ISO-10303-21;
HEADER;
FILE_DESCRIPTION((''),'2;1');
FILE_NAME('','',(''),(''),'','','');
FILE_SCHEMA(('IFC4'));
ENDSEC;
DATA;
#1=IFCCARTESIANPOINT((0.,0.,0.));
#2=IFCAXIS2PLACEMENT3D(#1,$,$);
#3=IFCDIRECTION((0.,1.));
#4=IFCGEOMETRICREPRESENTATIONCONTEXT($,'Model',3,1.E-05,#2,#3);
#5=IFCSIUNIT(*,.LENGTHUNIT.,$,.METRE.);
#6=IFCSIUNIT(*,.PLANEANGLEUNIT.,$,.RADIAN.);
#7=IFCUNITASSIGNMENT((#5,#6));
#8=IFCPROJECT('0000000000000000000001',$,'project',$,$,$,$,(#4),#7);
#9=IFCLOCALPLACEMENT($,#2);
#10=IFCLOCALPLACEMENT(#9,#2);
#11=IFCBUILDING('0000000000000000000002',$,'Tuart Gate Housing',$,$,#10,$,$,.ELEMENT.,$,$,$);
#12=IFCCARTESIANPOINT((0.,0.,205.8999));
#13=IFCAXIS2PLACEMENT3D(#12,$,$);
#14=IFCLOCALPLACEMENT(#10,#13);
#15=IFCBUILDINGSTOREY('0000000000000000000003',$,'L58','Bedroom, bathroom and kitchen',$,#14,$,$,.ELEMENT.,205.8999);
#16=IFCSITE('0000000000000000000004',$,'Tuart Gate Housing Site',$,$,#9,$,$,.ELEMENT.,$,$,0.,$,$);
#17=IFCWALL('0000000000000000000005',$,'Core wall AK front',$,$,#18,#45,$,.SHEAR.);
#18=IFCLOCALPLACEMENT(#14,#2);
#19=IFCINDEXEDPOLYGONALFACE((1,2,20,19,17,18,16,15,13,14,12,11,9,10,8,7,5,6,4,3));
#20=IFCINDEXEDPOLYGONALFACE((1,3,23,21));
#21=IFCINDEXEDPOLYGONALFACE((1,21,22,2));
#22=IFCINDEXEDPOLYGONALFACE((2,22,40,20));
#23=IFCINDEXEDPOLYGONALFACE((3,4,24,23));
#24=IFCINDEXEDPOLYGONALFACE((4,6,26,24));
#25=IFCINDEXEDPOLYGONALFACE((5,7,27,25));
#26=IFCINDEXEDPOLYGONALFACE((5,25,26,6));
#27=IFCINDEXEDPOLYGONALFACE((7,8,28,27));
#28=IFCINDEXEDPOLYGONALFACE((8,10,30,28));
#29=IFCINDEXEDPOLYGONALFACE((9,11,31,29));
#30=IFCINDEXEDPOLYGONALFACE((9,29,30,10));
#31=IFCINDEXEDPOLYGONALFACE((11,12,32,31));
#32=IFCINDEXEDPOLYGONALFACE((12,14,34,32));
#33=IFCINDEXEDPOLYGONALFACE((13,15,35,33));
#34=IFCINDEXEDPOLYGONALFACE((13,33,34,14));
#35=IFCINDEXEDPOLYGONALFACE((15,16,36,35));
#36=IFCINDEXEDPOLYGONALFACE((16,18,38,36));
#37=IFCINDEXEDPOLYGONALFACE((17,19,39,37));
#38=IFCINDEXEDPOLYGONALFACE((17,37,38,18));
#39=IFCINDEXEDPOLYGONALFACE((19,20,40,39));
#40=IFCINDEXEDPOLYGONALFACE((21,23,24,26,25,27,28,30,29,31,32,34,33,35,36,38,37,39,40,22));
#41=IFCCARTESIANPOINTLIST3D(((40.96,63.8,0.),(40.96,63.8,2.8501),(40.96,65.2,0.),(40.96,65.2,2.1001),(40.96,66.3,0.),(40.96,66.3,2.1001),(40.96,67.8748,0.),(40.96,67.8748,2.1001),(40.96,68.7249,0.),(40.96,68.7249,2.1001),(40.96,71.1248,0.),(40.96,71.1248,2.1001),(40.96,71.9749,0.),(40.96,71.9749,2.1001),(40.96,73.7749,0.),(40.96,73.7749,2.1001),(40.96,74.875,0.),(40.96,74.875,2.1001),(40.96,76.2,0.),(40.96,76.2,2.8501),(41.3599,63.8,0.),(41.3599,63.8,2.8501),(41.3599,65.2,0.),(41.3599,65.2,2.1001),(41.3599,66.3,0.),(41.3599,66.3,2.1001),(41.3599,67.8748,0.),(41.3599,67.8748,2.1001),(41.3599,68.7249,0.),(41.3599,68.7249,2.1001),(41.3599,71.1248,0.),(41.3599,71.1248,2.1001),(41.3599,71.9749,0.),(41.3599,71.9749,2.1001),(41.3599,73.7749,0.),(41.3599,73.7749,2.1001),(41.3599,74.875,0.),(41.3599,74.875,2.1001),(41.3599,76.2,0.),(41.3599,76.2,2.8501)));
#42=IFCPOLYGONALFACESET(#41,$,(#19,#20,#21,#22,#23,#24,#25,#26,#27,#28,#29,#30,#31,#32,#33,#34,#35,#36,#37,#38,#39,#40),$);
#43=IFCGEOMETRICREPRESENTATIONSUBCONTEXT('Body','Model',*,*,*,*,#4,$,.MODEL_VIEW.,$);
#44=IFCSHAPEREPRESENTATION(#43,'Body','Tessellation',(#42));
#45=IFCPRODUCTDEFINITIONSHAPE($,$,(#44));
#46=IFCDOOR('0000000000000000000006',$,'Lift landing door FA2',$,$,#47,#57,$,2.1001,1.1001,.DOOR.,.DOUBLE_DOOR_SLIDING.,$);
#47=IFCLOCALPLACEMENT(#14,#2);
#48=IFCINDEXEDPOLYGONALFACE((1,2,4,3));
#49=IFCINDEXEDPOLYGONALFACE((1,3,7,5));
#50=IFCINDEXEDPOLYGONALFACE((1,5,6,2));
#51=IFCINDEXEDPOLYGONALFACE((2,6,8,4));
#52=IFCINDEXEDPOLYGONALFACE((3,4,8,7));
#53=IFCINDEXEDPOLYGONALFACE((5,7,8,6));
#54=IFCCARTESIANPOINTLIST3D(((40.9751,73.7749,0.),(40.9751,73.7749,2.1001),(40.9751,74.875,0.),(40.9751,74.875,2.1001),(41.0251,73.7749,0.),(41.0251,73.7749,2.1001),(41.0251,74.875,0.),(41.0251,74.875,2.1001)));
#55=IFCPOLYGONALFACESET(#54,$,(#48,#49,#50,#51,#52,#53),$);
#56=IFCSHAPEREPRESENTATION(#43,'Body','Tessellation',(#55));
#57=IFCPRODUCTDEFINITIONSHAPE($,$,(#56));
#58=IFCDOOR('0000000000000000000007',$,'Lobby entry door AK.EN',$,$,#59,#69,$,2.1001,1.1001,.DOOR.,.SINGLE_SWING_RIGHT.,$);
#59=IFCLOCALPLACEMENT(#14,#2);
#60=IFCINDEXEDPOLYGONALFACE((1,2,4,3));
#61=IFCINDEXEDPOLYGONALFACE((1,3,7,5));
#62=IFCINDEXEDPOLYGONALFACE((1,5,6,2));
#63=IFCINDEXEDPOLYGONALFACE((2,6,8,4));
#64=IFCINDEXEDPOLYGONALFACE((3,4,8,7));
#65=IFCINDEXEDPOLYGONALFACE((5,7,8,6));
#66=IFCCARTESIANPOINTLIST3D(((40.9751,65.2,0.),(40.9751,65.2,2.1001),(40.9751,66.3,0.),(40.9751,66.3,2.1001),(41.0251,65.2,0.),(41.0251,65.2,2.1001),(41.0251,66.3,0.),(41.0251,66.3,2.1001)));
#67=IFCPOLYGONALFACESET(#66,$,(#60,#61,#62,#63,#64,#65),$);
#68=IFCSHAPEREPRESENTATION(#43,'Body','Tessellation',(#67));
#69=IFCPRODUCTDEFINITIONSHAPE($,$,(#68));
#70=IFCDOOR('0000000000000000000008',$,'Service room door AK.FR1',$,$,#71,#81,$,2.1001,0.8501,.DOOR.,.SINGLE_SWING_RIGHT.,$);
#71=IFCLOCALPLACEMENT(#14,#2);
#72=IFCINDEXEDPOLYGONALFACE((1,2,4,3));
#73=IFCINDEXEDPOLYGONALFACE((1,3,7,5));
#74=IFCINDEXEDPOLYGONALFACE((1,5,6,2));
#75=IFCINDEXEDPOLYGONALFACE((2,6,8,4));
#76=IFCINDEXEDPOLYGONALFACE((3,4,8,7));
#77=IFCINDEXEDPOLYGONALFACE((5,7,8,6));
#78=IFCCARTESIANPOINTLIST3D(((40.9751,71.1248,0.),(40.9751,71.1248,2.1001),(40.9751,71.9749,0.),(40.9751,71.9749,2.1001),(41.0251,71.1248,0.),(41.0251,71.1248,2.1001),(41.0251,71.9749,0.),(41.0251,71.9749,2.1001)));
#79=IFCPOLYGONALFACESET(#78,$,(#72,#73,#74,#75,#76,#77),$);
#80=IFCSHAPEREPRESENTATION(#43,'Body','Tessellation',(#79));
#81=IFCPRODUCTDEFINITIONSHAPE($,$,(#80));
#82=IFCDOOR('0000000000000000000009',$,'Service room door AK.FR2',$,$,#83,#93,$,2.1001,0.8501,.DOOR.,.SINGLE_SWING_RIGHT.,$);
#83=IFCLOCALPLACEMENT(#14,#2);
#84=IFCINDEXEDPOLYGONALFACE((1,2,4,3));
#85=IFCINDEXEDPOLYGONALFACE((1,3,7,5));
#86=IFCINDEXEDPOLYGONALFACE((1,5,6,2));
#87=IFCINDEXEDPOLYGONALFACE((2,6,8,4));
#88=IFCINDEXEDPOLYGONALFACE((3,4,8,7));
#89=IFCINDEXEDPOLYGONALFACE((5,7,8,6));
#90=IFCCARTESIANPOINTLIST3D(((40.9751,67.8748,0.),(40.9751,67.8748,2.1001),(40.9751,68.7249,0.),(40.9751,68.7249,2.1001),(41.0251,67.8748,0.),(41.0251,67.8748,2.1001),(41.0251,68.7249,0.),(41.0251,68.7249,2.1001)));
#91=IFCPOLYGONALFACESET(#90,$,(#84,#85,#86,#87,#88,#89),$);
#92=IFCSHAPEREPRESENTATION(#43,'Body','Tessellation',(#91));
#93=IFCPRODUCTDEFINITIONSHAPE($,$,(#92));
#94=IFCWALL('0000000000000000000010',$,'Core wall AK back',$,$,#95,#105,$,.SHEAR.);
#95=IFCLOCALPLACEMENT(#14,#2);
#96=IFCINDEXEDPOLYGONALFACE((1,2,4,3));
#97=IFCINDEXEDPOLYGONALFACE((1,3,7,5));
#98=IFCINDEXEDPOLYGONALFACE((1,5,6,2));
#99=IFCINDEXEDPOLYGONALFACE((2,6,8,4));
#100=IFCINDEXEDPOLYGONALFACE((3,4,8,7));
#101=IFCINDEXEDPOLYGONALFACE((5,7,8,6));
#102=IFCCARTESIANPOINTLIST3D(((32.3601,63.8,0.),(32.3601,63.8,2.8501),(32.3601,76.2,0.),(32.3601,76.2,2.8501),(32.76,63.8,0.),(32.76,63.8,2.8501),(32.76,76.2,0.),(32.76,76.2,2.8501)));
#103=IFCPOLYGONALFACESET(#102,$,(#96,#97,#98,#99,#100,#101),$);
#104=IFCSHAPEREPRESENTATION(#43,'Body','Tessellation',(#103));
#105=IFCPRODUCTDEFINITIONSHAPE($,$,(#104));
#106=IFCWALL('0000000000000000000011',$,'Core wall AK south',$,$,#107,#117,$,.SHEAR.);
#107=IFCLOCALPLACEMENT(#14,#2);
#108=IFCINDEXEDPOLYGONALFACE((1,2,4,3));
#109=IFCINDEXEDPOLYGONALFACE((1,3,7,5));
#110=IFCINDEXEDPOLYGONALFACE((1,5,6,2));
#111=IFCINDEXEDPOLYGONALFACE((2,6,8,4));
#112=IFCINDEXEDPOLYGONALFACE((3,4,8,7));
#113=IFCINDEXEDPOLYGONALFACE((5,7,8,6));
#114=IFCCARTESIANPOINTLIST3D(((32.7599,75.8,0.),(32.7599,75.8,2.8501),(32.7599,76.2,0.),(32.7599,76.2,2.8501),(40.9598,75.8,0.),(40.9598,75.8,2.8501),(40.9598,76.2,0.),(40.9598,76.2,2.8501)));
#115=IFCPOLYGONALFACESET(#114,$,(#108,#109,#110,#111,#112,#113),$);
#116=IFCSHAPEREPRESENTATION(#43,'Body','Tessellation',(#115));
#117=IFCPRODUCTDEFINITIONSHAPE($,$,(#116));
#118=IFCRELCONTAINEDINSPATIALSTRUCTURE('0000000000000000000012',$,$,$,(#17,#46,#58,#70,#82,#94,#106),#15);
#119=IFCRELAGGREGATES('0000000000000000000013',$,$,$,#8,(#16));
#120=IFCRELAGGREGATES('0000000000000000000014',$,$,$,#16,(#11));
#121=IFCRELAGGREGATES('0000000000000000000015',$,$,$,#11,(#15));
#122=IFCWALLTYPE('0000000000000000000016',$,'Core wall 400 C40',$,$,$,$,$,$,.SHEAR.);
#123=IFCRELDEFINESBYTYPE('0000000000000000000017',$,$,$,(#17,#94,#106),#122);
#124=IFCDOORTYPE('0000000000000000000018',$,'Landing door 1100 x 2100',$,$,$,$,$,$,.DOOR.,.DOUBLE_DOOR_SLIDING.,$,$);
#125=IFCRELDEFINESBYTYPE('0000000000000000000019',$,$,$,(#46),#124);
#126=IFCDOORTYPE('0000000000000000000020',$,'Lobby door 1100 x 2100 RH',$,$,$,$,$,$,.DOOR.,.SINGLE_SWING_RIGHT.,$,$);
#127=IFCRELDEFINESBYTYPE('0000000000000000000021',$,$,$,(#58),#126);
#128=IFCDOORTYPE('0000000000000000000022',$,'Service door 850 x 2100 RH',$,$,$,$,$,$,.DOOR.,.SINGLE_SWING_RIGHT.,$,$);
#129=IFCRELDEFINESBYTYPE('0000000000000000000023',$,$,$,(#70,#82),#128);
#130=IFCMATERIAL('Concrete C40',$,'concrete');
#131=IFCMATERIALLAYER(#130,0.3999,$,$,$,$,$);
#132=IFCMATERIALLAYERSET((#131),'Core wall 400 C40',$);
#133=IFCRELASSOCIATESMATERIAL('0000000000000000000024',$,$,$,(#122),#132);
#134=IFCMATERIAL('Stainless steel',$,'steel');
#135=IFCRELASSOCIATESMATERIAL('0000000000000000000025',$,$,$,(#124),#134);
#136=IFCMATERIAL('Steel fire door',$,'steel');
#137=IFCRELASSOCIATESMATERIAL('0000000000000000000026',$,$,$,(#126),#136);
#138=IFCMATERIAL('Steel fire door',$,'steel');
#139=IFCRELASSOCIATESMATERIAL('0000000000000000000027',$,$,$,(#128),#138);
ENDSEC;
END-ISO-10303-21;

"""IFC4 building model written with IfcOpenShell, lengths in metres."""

from ifc_helpers import new_model, si_unit, direction, frame, frame_2d, origin, place, context, subcontext, project, spatial, rectangle, extrude, material, layer, layer_set, type_object, element, fill, save


model = new_model("IFC4")

# Units and contexts
model_context = context("Model", 3, precision=1e-05, world=origin(), true_north=direction((0.0, 1.0)))
body_context = subcontext(model_context, "Body", "Model", "MODEL_VIEW")
ifc_project = project(units=[si_unit("LENGTHUNIT", "METRE"), si_unit("PLANEANGLEUNIT", "RADIAN")], contexts=[model_context])

# Site, building, storey
site_placement = place(None, origin())
site = spatial("IfcSite", under=ifc_project, at=site_placement, Name="Tuart Gate Housing Site", CompositionType="ELEMENT", RefElevation=0.0)
building_placement = place(site_placement, origin())
building = spatial("IfcBuilding", under=site, at=building_placement, Name="Tuart Gate Housing", CompositionType="ELEMENT")
storey_placement = place(building_placement, frame((0.0, 0.0, 205.8999)))
storey = spatial("IfcBuildingStorey", under=building, at=storey_placement, Name="L58", Description="Bedroom, bathroom and kitchen", CompositionType="ELEMENT", Elevation=205.8999)

# Wall, openings, doors
ifc_material_1 = material(Name="Concrete C40", Category="concrete")
ifc_layer_1 = layer(ifc_material_1, 0.3999)
ifc_layer_set_1 = layer_set([ifc_layer_1], Name="Core wall 400 C40")
wall_type_1 = type_object("IfcWallType", Name="Core wall 400 C40", PredefinedType="SHEAR", material=ifc_layer_set_1)
wall_1_placement = place(storey_placement, frame((41.1599, 76.2, 0.0), z_axis=(0.0, 0.0, 1.0), x_axis=(0.0, -1.0, 0.0)))
wall_1 = element("IfcWall", 1, at=wall_1_placement, inside=storey, type_object=wall_type_1, Name="Core wall AK front", PredefinedType="SHEAR", context=body_context, shape_type="SweptSolid", body=[
    extrude(rectangle(XDim=12.3999, YDim=0.3999, at=frame_2d((6.2, 0.0))), origin(), (0.0, 0.0, 1.0), 2.8501),
])
opening_1_placement = place(wall_1_placement, frame((1.325, 0.0, 0.0)))
opening_1 = element("IfcOpeningElement", 2, at=opening_1_placement, cuts=wall_1, PredefinedType="OPENING", context=body_context, shape_type="SweptSolid", body=[
    extrude(rectangle(XDim=1.1001, YDim=2.1001, at=frame_2d((0.55, 1.05))), frame((0.0, 0.21, 0.0), z_axis=(0.0, -1.0, 0.0), x_axis=(1.0, 0.0, 0.0)), (0.0, 0.0, 1.0), 0.4199),
])
opening_2_placement = place(wall_1_placement, frame((4.2251, 0.0, 0.0)))
opening_2 = element("IfcOpeningElement", 3, at=opening_2_placement, cuts=wall_1, PredefinedType="OPENING", context=body_context, shape_type="SweptSolid", body=[
    extrude(rectangle(XDim=0.8501, YDim=2.1001, at=frame_2d((0.425, 1.05))), frame((0.0, 0.21, 0.0), z_axis=(0.0, -1.0, 0.0), x_axis=(1.0, 0.0, 0.0)), (0.0, 0.0, 1.0), 0.4199),
])
opening_3_placement = place(wall_1_placement, frame((7.4751, 0.0, 0.0)))
opening_3 = element("IfcOpeningElement", 4, at=opening_3_placement, cuts=wall_1, PredefinedType="OPENING", context=body_context, shape_type="SweptSolid", body=[
    extrude(rectangle(XDim=0.8501, YDim=2.1001, at=frame_2d((0.425, 1.05))), frame((0.0, 0.21, 0.0), z_axis=(0.0, -1.0, 0.0), x_axis=(1.0, 0.0, 0.0)), (0.0, 0.0, 1.0), 0.4199),
])
opening_4_placement = place(wall_1_placement, frame((9.8999, 0.0, 0.0)))
opening_4 = element("IfcOpeningElement", 5, at=opening_4_placement, cuts=wall_1, PredefinedType="OPENING", context=body_context, shape_type="SweptSolid", body=[
    extrude(rectangle(XDim=1.1001, YDim=2.1001, at=frame_2d((0.55, 1.05))), frame((0.0, 0.21, 0.0), z_axis=(0.0, -1.0, 0.0), x_axis=(1.0, 0.0, 0.0)), (0.0, 0.0, 1.0), 0.4199),
])
ifc_material_2 = material(Name="Stainless steel", Category="steel")
door_type_1 = type_object("IfcDoorType", Name="Landing door 1100 x 2100", OperationType="DOUBLE_DOOR_SLIDING", PredefinedType="DOOR", material=ifc_material_2)
door_1_placement = place(opening_1_placement, origin())
door_1 = element("IfcDoor", 6, at=door_1_placement, inside=storey, type_object=door_type_1, Name="Lift landing door FA2", OperationType="DOUBLE_DOOR_SLIDING", OverallHeight=2.1001, OverallWidth=1.1001, PredefinedType="DOOR", context=body_context, shape_type="SweptSolid", body=[
    extrude(rectangle(XDim=1.1001, YDim=2.1001, at=frame_2d((0.55, 1.05))), frame((0.0, -0.1348, 0.0), z_axis=(0.0, -1.0, 0.0), x_axis=(1.0, 0.0, 0.0)), (0.0, 0.0, 1.0), 0.05),
])
fill(opening_1, door_1)
ifc_material_3 = material(Name="Steel fire door", Category="steel")
door_type_2 = type_object("IfcDoorType", Name="Lobby door 1100 x 2100 RH", OperationType="SINGLE_SWING_RIGHT", PredefinedType="DOOR", material=ifc_material_3)
door_2_placement = place(opening_4_placement, frame((1.1001, 0.0, 0.0), z_axis=(0.0, 0.0, 1.0), x_axis=(-1.0, 0.0, 0.0)))
door_2 = element("IfcDoor", 7, at=door_2_placement, inside=storey, type_object=door_type_2, Name="Lobby entry door AK.EN", OperationType="SINGLE_SWING_RIGHT", OverallHeight=2.1001, OverallWidth=1.1001, PredefinedType="DOOR", context=body_context, shape_type="SweptSolid", body=[
    extrude(rectangle(XDim=1.1001, YDim=2.1001, at=frame_2d((0.55, 1.05))), frame((0.0, 0.1848, 0.0), z_axis=(0.0, -1.0, 0.0), x_axis=(1.0, 0.0, 0.0)), (0.0, 0.0, 1.0), 0.05),
])
fill(opening_4, door_2)
ifc_material_4 = material(Name="Steel fire door", Category="steel")
door_type_3 = type_object("IfcDoorType", Name="Service door 850 x 2100 RH", OperationType="SINGLE_SWING_RIGHT", PredefinedType="DOOR", material=ifc_material_4)
door_3_placement = place(opening_2_placement, frame((0.8501, 0.0, 0.0), z_axis=(0.0, 0.0, 1.0), x_axis=(-1.0, 0.0, 0.0)))
door_3 = element("IfcDoor", 8, at=door_3_placement, inside=storey, type_object=door_type_3, Name="Service room door AK.FR1", OperationType="SINGLE_SWING_RIGHT", OverallHeight=2.1001, OverallWidth=0.8501, PredefinedType="DOOR", context=body_context, shape_type="SweptSolid", body=[
    extrude(rectangle(XDim=0.8501, YDim=2.1001, at=frame_2d((0.425, 1.05))), frame((0.0, 0.1848, 0.0), z_axis=(0.0, -1.0, 0.0), x_axis=(1.0, 0.0, 0.0)), (0.0, 0.0, 1.0), 0.05),
])
fill(opening_2, door_3)
door_4_placement = place(opening_3_placement, frame((0.8501, 0.0, 0.0), z_axis=(0.0, 0.0, 1.0), x_axis=(-1.0, 0.0, 0.0)))
door_4 = element("IfcDoor", 9, at=door_4_placement, inside=storey, type_object=door_type_3, Name="Service room door AK.FR2", OperationType="SINGLE_SWING_RIGHT", OverallHeight=2.1001, OverallWidth=0.8501, PredefinedType="DOOR", context=body_context, shape_type="SweptSolid", body=[
    extrude(rectangle(XDim=0.8501, YDim=2.1001, at=frame_2d((0.425, 1.05))), frame((0.0, 0.1848, 0.0), z_axis=(0.0, -1.0, 0.0), x_axis=(1.0, 0.0, 0.0)), (0.0, 0.0, 1.0), 0.05),
])
fill(opening_3, door_4)

# Walls
wall_2_placement = place(storey_placement, frame((32.5601, 76.2, 0.0), z_axis=(0.0, 0.0, 1.0), x_axis=(0.0, -1.0, 0.0)))
element("IfcWall", 10, at=wall_2_placement, inside=storey, type_object=wall_type_1, Name="Core wall AK back", PredefinedType="SHEAR", context=body_context, shape_type="SweptSolid", body=[
    extrude(rectangle(XDim=12.3999, YDim=0.3999, at=frame_2d((6.2, 0.0))), origin(), (0.0, 0.0, 1.0), 2.8501),
])
wall_3_placement = place(storey_placement, frame((40.96, 76.0, 0.0), z_axis=(0.0, 0.0, 1.0), x_axis=(-1.0, 0.0, 0.0)))
element("IfcWall", 11, at=wall_3_placement, inside=storey, type_object=wall_type_1, Name="Core wall AK south", PredefinedType="SHEAR", context=body_context, shape_type="SweptSolid", body=[
    extrude(rectangle(XDim=8.2, YDim=0.3999, at=frame_2d((4.1001, 0.0))), origin(), (0.0, 0.0, 1.0), 2.8501),
])

save(model, "model.ifc")
